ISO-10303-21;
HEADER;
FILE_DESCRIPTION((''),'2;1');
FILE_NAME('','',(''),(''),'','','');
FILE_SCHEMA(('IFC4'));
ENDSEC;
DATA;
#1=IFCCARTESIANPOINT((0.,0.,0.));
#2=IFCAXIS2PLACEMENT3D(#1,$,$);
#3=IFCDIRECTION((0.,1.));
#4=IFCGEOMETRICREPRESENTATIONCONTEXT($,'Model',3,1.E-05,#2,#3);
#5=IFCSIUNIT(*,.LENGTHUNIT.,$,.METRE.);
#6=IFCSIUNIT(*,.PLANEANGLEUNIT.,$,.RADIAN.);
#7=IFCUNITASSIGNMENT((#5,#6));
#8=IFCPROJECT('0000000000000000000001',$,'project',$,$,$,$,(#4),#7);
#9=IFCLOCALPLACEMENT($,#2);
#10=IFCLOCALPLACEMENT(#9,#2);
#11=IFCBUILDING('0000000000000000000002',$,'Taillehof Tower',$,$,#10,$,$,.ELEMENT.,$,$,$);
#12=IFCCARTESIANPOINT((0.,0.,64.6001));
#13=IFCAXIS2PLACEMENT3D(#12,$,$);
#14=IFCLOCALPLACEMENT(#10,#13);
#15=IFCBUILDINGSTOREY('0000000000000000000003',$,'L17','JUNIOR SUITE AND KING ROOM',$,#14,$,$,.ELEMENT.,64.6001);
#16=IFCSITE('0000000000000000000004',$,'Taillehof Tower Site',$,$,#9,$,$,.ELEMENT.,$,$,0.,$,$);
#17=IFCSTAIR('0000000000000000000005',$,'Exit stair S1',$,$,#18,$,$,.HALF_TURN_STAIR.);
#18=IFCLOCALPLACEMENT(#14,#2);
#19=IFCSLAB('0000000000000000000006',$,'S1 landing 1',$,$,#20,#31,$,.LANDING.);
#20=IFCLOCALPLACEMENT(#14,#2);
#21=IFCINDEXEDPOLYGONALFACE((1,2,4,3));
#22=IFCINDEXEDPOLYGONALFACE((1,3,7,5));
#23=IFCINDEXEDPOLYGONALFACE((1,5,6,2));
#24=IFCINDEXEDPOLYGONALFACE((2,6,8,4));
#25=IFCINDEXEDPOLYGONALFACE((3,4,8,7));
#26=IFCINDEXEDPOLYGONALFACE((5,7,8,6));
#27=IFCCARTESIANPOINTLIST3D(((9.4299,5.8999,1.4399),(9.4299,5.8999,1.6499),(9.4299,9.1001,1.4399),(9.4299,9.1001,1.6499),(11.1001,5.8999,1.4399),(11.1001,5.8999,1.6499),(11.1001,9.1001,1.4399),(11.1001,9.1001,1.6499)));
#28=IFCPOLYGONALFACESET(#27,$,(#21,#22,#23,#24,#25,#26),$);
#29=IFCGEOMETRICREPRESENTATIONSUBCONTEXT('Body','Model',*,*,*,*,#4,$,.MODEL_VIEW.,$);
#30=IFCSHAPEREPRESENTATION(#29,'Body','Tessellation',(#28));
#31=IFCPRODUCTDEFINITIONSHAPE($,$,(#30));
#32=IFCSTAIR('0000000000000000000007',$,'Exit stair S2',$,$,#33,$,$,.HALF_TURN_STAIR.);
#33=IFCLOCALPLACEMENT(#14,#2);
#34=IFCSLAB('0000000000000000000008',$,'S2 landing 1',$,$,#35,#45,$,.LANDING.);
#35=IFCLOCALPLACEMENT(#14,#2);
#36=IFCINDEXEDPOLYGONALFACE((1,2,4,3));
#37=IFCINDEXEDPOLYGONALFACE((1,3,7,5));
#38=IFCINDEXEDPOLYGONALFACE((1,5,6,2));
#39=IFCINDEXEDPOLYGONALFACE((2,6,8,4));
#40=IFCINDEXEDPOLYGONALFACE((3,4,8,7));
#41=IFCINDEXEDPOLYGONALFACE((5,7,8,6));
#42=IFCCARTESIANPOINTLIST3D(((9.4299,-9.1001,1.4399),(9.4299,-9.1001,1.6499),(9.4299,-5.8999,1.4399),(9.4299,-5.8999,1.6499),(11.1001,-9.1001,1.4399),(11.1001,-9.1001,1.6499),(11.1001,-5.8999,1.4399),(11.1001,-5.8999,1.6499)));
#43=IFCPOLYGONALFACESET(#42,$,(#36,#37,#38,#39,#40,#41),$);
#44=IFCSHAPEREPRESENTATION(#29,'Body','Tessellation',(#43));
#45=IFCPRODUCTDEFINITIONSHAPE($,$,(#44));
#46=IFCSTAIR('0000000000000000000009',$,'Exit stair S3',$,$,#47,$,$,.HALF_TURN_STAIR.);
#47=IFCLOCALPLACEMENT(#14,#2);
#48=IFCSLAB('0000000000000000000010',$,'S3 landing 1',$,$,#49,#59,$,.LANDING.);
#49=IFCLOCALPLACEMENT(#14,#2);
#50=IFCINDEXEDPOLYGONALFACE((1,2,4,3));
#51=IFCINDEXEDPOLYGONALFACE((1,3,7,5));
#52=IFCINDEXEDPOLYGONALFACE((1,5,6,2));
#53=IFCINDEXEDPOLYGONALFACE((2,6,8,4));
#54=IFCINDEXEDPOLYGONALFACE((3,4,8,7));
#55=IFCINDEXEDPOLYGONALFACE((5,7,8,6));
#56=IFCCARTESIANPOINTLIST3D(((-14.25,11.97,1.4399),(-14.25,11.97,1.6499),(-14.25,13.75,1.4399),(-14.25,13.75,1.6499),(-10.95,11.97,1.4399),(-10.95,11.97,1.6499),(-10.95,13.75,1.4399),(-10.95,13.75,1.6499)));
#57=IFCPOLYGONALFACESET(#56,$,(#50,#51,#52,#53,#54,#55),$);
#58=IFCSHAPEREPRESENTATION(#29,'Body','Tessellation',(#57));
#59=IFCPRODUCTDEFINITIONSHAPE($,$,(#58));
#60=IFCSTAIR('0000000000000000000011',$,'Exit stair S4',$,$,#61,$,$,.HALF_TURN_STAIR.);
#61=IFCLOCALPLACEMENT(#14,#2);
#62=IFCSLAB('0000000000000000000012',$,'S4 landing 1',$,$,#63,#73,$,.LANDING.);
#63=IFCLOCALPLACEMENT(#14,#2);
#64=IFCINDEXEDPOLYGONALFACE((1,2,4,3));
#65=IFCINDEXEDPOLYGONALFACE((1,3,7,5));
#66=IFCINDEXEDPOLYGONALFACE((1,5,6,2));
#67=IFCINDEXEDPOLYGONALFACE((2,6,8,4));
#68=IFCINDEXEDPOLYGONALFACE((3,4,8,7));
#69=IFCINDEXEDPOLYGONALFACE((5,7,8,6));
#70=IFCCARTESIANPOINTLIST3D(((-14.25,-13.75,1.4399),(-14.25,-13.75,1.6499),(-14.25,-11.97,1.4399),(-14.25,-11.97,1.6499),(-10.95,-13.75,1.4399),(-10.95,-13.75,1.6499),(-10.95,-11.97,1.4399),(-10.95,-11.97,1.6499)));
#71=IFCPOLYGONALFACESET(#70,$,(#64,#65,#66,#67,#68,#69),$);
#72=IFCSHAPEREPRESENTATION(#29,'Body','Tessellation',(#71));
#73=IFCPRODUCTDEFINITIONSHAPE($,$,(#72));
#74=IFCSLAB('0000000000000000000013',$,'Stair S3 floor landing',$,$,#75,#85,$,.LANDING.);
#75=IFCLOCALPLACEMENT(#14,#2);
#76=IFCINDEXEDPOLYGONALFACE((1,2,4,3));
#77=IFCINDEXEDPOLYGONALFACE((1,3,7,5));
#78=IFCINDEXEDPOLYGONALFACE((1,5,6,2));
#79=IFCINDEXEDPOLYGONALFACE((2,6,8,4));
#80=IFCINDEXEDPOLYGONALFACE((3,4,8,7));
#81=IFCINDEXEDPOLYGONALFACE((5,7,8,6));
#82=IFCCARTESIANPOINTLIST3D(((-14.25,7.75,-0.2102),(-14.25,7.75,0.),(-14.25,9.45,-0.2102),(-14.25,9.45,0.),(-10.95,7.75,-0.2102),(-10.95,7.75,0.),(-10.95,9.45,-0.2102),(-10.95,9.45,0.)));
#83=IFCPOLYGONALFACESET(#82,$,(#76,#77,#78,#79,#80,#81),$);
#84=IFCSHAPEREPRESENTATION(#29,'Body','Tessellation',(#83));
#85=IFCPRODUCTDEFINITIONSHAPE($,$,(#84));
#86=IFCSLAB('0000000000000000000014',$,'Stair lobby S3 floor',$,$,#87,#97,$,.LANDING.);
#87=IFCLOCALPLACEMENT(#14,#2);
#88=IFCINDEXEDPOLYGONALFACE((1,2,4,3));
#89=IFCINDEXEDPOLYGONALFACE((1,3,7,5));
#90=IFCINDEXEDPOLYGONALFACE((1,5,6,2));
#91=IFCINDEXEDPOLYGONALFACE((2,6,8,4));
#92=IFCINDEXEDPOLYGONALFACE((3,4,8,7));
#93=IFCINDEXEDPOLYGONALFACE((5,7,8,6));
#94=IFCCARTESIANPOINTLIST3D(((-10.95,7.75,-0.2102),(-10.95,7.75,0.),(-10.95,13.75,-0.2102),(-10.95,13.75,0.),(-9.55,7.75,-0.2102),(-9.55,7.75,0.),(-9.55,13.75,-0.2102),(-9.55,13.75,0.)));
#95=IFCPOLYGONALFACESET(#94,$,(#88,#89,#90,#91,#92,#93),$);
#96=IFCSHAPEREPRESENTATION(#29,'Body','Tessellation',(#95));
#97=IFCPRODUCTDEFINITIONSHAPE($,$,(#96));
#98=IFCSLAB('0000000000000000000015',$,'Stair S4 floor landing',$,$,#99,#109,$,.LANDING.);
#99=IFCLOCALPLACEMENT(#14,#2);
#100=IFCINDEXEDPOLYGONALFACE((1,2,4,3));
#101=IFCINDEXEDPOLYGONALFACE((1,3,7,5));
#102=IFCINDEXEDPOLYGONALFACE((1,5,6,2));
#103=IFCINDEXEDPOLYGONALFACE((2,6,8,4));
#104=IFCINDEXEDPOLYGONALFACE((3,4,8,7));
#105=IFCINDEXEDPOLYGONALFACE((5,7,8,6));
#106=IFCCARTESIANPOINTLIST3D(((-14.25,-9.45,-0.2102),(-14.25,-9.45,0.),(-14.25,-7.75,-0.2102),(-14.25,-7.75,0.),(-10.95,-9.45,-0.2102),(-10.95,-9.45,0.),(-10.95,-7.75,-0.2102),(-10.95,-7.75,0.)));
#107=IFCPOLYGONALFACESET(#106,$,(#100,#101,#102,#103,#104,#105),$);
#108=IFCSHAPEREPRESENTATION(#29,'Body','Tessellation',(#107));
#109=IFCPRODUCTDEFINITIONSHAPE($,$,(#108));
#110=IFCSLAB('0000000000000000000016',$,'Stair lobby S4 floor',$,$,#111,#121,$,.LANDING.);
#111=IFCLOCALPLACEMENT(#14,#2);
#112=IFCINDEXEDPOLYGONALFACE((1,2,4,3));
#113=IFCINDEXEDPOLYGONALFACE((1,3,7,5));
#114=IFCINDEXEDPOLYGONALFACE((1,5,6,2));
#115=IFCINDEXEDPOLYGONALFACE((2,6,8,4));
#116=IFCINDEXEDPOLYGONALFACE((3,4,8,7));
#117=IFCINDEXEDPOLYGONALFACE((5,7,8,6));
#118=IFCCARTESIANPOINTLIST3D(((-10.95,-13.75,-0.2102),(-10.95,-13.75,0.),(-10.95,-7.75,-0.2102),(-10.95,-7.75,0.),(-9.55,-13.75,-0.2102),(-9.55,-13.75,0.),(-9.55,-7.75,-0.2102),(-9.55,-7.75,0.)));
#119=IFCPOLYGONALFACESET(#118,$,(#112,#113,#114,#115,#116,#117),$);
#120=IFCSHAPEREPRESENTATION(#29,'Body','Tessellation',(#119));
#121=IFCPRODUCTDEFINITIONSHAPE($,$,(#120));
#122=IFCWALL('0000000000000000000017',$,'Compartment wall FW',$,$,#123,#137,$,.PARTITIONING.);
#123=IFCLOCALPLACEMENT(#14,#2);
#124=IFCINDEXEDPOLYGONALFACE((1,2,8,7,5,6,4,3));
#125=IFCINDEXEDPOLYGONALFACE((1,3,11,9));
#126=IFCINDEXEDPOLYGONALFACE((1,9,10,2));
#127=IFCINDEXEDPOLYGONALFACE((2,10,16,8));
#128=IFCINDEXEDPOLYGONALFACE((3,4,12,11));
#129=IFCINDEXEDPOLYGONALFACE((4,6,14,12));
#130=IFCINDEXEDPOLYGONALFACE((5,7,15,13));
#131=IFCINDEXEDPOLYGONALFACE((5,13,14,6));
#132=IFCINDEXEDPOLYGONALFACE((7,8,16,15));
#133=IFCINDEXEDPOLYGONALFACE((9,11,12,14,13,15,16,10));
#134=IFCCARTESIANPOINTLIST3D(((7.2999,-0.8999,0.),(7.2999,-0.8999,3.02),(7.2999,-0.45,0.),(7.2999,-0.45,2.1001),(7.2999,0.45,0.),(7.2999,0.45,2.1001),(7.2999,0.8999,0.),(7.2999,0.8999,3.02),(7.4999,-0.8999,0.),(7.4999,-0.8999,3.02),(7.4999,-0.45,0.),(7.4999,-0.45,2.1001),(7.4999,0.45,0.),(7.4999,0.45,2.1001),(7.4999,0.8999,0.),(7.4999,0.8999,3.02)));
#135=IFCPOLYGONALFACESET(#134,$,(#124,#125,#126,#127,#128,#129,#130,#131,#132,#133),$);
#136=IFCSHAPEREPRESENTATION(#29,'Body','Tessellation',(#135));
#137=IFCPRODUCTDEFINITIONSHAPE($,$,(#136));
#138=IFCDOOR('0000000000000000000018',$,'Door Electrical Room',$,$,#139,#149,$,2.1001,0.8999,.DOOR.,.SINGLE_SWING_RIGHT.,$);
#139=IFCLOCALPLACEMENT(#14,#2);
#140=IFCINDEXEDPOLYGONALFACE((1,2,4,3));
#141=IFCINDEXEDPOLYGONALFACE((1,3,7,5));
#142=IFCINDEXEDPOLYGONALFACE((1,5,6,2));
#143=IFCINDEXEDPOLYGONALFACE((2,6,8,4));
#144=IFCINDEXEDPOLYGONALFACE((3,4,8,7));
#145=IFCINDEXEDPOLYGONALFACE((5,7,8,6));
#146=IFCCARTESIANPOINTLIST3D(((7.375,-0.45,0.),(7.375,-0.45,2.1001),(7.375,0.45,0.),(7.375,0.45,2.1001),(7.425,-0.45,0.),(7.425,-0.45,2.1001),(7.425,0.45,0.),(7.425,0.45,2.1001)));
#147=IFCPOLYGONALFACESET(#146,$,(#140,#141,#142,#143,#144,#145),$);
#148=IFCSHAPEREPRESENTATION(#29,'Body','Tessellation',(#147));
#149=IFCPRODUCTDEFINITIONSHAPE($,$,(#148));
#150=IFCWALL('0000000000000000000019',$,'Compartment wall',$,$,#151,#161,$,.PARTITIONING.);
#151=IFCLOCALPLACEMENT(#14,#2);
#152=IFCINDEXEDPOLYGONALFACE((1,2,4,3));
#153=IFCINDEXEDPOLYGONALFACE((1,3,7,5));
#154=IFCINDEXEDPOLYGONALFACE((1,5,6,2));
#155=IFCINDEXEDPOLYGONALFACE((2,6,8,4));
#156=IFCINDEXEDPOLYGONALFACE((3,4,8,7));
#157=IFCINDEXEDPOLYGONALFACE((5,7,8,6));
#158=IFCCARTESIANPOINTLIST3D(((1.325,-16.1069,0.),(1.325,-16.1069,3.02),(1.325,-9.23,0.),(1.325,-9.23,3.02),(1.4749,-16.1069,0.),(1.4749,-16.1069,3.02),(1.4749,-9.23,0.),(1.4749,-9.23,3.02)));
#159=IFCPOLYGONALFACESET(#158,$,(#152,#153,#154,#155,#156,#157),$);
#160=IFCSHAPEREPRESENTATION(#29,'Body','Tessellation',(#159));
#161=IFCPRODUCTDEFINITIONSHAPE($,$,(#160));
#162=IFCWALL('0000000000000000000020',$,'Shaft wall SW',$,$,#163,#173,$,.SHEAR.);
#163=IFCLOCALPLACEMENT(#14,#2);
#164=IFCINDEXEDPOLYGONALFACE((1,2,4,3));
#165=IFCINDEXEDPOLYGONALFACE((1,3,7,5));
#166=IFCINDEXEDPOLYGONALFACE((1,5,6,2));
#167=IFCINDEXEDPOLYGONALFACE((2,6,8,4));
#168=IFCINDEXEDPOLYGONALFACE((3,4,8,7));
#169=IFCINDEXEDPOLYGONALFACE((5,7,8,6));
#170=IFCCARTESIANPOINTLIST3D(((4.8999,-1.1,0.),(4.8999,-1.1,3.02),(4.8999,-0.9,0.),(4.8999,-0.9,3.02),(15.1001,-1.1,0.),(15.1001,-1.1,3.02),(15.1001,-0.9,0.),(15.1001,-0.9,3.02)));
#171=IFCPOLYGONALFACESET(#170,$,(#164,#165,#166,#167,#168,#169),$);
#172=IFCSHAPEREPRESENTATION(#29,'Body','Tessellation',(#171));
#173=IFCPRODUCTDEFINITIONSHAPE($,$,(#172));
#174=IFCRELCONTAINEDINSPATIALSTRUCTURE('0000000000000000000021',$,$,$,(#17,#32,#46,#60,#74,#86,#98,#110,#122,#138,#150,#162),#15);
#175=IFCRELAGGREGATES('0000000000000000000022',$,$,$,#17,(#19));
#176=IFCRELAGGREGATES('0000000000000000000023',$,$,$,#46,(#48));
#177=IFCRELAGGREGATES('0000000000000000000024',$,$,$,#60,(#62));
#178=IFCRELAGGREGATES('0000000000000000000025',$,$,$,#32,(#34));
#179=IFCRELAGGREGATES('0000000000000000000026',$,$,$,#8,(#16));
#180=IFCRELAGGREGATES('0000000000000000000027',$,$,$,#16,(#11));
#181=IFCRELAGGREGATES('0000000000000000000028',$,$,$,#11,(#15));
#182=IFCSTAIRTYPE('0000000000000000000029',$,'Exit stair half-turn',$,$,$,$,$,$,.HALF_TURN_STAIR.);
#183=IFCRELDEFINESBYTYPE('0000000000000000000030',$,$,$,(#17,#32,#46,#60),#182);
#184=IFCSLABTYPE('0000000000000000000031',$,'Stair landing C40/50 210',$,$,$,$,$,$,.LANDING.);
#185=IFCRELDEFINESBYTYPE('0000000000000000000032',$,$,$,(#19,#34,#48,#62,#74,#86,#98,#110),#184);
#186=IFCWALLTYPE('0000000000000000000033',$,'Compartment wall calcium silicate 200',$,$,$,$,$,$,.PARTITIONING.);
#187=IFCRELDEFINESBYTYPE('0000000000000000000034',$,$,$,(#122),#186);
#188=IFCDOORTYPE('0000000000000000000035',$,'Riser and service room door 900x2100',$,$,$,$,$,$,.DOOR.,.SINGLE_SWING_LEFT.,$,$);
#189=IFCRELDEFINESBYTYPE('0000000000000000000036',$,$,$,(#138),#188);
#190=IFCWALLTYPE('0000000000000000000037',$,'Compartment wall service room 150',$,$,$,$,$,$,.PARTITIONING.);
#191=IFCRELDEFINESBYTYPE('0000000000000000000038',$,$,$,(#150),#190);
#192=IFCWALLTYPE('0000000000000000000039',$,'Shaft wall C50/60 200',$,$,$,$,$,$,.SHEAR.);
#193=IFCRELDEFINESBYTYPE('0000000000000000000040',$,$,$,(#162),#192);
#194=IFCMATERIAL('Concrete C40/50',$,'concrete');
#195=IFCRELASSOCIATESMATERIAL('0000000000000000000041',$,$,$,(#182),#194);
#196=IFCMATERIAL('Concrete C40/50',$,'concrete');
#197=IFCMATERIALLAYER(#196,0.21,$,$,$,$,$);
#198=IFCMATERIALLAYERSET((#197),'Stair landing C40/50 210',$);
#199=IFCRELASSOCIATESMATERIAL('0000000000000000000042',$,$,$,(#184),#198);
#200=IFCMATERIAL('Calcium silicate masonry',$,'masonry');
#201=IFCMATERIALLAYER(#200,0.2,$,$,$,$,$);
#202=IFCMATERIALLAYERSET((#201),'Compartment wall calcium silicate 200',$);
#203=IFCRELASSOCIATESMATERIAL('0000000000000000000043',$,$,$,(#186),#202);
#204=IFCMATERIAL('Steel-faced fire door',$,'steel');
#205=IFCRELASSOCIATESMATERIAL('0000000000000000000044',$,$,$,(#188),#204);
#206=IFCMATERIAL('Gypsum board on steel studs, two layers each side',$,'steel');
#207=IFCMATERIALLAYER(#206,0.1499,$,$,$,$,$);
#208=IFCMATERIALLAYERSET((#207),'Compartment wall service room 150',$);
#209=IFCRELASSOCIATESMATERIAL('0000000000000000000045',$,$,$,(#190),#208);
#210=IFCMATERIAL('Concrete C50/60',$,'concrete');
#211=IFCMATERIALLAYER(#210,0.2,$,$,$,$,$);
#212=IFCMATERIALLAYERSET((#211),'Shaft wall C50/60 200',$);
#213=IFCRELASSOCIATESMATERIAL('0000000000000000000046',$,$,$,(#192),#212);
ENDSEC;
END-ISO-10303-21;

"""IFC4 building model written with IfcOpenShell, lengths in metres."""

from ifc_helpers import new_model, si_unit, direction, frame, frame_2d, origin, place, context, subcontext, project, spatial, polyline, rectangle, outline, extrude, material, layer, layer_set, type_object, element, fill, aggregate, save


model = new_model("IFC4")

# Units and contexts
model_context = context("Model", 3, precision=1e-05, world=origin(), true_north=direction((0.0, 1.0)))
body_context = subcontext(model_context, "Body", "Model", "MODEL_VIEW")
ifc_project = project(units=[si_unit("LENGTHUNIT", "METRE"), si_unit("PLANEANGLEUNIT", "RADIAN")], contexts=[model_context])

# Site, building, storey
site_placement = place(None, origin())
site = spatial("IfcSite", under=ifc_project, at=site_placement, Name="Taillehof Tower Site", CompositionType="ELEMENT", RefElevation=0.0)
building_placement = place(site_placement, origin())
building = spatial("IfcBuilding", under=site, at=building_placement, Name="Taillehof Tower", CompositionType="ELEMENT")
storey_placement = place(building_placement, frame((0.0, 0.0, 64.6001)))
storey = spatial("IfcBuildingStorey", under=building, at=storey_placement, Name="L17", Description="JUNIOR SUITE AND KING ROOM", CompositionType="ELEMENT", Elevation=64.6001)

# Stairs, slabs
ifc_material_1 = material(Name="Concrete C40/50", Category="concrete")
stair_type = type_object("IfcStairType", Name="Exit stair half-turn", PredefinedType="HALF_TURN_STAIR", material=ifc_material_1)
stair_1_placement = place(storey_placement, origin())
stair_1 = element("IfcStair", 1, at=stair_1_placement, inside=storey, type_object=stair_type, Name="Exit stair S1", PredefinedType="HALF_TURN_STAIR")
ifc_material_2 = material(Name="Concrete C40/50", Category="concrete")
ifc_layer_1 = layer(ifc_material_2, 0.21)
ifc_layer_set_1 = layer_set([ifc_layer_1], Name="Stair landing C40/50 210")
slab_type_1 = type_object("IfcSlabType", Name="Stair landing C40/50 210", PredefinedType="LANDING", material=ifc_layer_set_1)
slab_1_placement = place(storey_placement, frame((0.0, 0.0, 1.4399)))
slab_1 = element("IfcSlab", 2, at=slab_1_placement, type_object=slab_type_1, Name="S1 landing 1", PredefinedType="LANDING", context=body_context, shape_type="SweptSolid", body=[
    extrude(outline(polyline([(9.4299, 5.8999), (11.1001, 5.8999), (11.1001, 9.1001), (9.4299, 9.1001), (9.4299, 5.8999)])), origin(), (0.0, 0.0, 1.0), 0.21),
])
aggregate(stair_1, [slab_1])
stair_2_placement = place(storey_placement, origin())
stair_2 = element("IfcStair", 3, at=stair_2_placement, inside=storey, type_object=stair_type, Name="Exit stair S2", PredefinedType="HALF_TURN_STAIR")
slab_2_placement = place(storey_placement, frame((0.0, 0.0, 1.4399)))
slab_2 = element("IfcSlab", 4, at=slab_2_placement, type_object=slab_type_1, Name="S2 landing 1", PredefinedType="LANDING", context=body_context, shape_type="SweptSolid", body=[
    extrude(outline(polyline([(9.4299, -5.8999), (11.1001, -5.8999), (11.1001, -9.1001), (9.4299, -9.1001), (9.4299, -5.8999)])), origin(), (0.0, 0.0, 1.0), 0.21),
])
stair_3_placement = place(storey_placement, origin())
stair_3 = element("IfcStair", 5, at=stair_3_placement, inside=storey, type_object=stair_type, Name="Exit stair S3", PredefinedType="HALF_TURN_STAIR")
slab_3_placement = place(storey_placement, frame((0.0, 0.0, 1.4399)))
slab_3 = element("IfcSlab", 6, at=slab_3_placement, type_object=slab_type_1, Name="S3 landing 1", PredefinedType="LANDING", context=body_context, shape_type="SweptSolid", body=[
    extrude(outline(polyline([(-14.25, 11.97), (-14.25, 13.75), (-10.95, 13.75), (-10.95, 11.97), (-14.25, 11.97)])), origin(), (0.0, 0.0, 1.0), 0.21),
])
aggregate(stair_3, [slab_3])
stair_4_placement = place(storey_placement, origin())
stair_4 = element("IfcStair", 7, at=stair_4_placement, inside=storey, type_object=stair_type, Name="Exit stair S4", PredefinedType="HALF_TURN_STAIR")
slab_4_placement = place(storey_placement, frame((0.0, 0.0, 1.4399)))
slab_4 = element("IfcSlab", 8, at=slab_4_placement, type_object=slab_type_1, Name="S4 landing 1", PredefinedType="LANDING", context=body_context, shape_type="SweptSolid", body=[
    extrude(outline(polyline([(-14.25, -11.97), (-14.25, -13.75), (-10.95, -13.75), (-10.95, -11.97), (-14.25, -11.97)])), origin(), (0.0, 0.0, 1.0), 0.21),
])
aggregate(stair_4, [slab_4])

# Slabs
slab_5_placement = place(storey_placement, frame((0.0, 0.0, -0.2102)))
element("IfcSlab", 9, at=slab_5_placement, inside=storey, type_object=slab_type_1, Name="Stair S3 floor landing", PredefinedType="LANDING", context=body_context, shape_type="SweptSolid", body=[
    extrude(outline(polyline([(-14.25, 7.75), (-14.25, 9.45), (-10.95, 9.45), (-10.95, 7.75), (-14.25, 7.75)])), origin(), (0.0, 0.0, 1.0), 0.2102),
])
slab_6_placement = place(storey_placement, frame((0.0, 0.0, -0.2102)))
element("IfcSlab", 10, at=slab_6_placement, inside=storey, type_object=slab_type_1, Name="Stair lobby S3 floor", PredefinedType="LANDING", context=body_context, shape_type="SweptSolid", body=[
    extrude(outline(polyline([(-10.95, 7.75), (-9.55, 7.75), (-9.55, 13.75), (-10.95, 13.75), (-10.95, 7.75)])), origin(), (0.0, 0.0, 1.0), 0.2102),
])
slab_7_placement = place(storey_placement, frame((0.0, 0.0, -0.2102)))
element("IfcSlab", 11, at=slab_7_placement, inside=storey, type_object=slab_type_1, Name="Stair S4 floor landing", PredefinedType="LANDING", context=body_context, shape_type="SweptSolid", body=[
    extrude(outline(polyline([(-14.25, -7.75), (-14.25, -9.45), (-10.95, -9.45), (-10.95, -7.75), (-14.25, -7.75)])), origin(), (0.0, 0.0, 1.0), 0.2102),
])
slab_8_placement = place(storey_placement, frame((0.0, 0.0, -0.2102)))
element("IfcSlab", 12, at=slab_8_placement, inside=storey, type_object=slab_type_1, Name="Stair lobby S4 floor", PredefinedType="LANDING", context=body_context, shape_type="SweptSolid", body=[
    extrude(outline(polyline([(-10.95, -13.75), (-9.55, -13.75), (-9.55, -7.75), (-10.95, -7.75), (-10.95, -13.75)])), origin(), (0.0, 0.0, 1.0), 0.2102),
])

# Wall, opening, door
ifc_material_3 = material(Name="Calcium silicate masonry", Category="masonry")
ifc_layer_2 = layer(ifc_material_3, 0.2)
ifc_layer_set_2 = layer_set([ifc_layer_2], Name="Compartment wall calcium silicate 200")
wall_type_1 = type_object("IfcWallType", Name="Compartment wall calcium silicate 200", PredefinedType="PARTITIONING", material=ifc_layer_set_2)
wall_1_placement = place(storey_placement, frame((7.3999, -0.8999, 0.0), z_axis=(0.0, 0.0, 1.0), x_axis=(0.0, 1.0, 0.0)))
wall_1 = element("IfcWall", 13, at=wall_1_placement, inside=storey, type_object=wall_type_1, Name="Compartment wall FW", PredefinedType="PARTITIONING", context=body_context, shape_type="SweptSolid", body=[
    extrude(rectangle(XDim=1.7998, YDim=0.2, at=frame_2d((0.8999, 0.0))), origin(), (0.0, 0.0, 1.0), 3.02),
])
opening_1_placement = place(wall_1_placement, frame((0.45, 0.0, 0.0)))
opening_1 = element("IfcOpeningElement", 14, at=opening_1_placement, cuts=wall_1, PredefinedType="OPENING", context=body_context, shape_type="SweptSolid", body=[
    extrude(rectangle(XDim=0.8999, YDim=2.1001, at=frame_2d((0.45, 1.05))), frame((0.0, 0.1099, 0.0), z_axis=(0.0, -1.0, 0.0), x_axis=(1.0, 0.0, 0.0)), (0.0, 0.0, 1.0), 0.22),
])
ifc_material_4 = material(Name="Steel-faced fire door", Category="steel")
door_type_1 = type_object("IfcDoorType", Name="Riser and service room door 900x2100", OperationType="SINGLE_SWING_LEFT", PredefinedType="DOOR", material=ifc_material_4)
door_1_placement = place(opening_1_placement, origin())
door_1 = element("IfcDoor", 15, at=door_1_placement, inside=storey, type_object=door_type_1, Name="Door Electrical Room", OperationType="SINGLE_SWING_RIGHT", OverallHeight=2.1001, OverallWidth=0.8999, PredefinedType="DOOR", context=body_context, shape_type="SweptSolid", body=[
    extrude(rectangle(XDim=0.8999, YDim=2.1001, at=frame_2d((0.45, 1.05))), frame((0.0, 0.0249, 0.0), z_axis=(0.0, -1.0, 0.0), x_axis=(1.0, 0.0, 0.0)), (0.0, 0.0, 1.0), 0.05),
])
fill(opening_1, door_1)

# Walls
ifc_material_5 = material(Name="Gypsum board on steel studs, two layers each side", Category="steel")
ifc_layer_3 = layer(ifc_material_5, 0.1499)
ifc_layer_set_3 = layer_set([ifc_layer_3], Name="Compartment wall service room 150")
wall_type_2 = type_object("IfcWallType", Name="Compartment wall service room 150", PredefinedType="PARTITIONING", material=ifc_layer_set_3)
wall_2_placement = place(storey_placement, frame((1.3999, -9.23, 0.0), z_axis=(0.0, 0.0, 1.0), x_axis=(0.0, -1.0, 0.0)))
element("IfcWall", 16, at=wall_2_placement, inside=storey, type_object=wall_type_2, Name="Compartment wall", PredefinedType="PARTITIONING", context=body_context, shape_type="SweptSolid", body=[
    extrude(rectangle(XDim=6.877, YDim=0.1499, at=frame_2d((3.4385, 0.0))), origin(), (0.0, 0.0, 1.0), 3.02),
])
ifc_material_6 = material(Name="Concrete C50/60", Category="concrete")
ifc_layer_4 = layer(ifc_material_6, 0.2)
ifc_layer_set_4 = layer_set([ifc_layer_4], Name="Shaft wall C50/60 200")
wall_type_3 = type_object("IfcWallType", Name="Shaft wall C50/60 200", PredefinedType="SHEAR", material=ifc_layer_set_4)
wall_3_placement = place(storey_placement, frame((4.8999, -1.0, 0.0), z_axis=(0.0, 0.0, 1.0), x_axis=(1.0, 0.0, 0.0)))
element("IfcWall", 17, at=wall_3_placement, inside=storey, type_object=wall_type_3, Name="Shaft wall SW", PredefinedType="SHEAR", context=body_context, shape_type="SweptSolid", body=[
    extrude(rectangle(XDim=10.2002, YDim=0.2, at=frame_2d((5.1001, 0.0))), origin(), (0.0, 0.0, 1.0), 3.02),
])

aggregate(stair_2, [slab_2])

save(model, "model.ifc")
